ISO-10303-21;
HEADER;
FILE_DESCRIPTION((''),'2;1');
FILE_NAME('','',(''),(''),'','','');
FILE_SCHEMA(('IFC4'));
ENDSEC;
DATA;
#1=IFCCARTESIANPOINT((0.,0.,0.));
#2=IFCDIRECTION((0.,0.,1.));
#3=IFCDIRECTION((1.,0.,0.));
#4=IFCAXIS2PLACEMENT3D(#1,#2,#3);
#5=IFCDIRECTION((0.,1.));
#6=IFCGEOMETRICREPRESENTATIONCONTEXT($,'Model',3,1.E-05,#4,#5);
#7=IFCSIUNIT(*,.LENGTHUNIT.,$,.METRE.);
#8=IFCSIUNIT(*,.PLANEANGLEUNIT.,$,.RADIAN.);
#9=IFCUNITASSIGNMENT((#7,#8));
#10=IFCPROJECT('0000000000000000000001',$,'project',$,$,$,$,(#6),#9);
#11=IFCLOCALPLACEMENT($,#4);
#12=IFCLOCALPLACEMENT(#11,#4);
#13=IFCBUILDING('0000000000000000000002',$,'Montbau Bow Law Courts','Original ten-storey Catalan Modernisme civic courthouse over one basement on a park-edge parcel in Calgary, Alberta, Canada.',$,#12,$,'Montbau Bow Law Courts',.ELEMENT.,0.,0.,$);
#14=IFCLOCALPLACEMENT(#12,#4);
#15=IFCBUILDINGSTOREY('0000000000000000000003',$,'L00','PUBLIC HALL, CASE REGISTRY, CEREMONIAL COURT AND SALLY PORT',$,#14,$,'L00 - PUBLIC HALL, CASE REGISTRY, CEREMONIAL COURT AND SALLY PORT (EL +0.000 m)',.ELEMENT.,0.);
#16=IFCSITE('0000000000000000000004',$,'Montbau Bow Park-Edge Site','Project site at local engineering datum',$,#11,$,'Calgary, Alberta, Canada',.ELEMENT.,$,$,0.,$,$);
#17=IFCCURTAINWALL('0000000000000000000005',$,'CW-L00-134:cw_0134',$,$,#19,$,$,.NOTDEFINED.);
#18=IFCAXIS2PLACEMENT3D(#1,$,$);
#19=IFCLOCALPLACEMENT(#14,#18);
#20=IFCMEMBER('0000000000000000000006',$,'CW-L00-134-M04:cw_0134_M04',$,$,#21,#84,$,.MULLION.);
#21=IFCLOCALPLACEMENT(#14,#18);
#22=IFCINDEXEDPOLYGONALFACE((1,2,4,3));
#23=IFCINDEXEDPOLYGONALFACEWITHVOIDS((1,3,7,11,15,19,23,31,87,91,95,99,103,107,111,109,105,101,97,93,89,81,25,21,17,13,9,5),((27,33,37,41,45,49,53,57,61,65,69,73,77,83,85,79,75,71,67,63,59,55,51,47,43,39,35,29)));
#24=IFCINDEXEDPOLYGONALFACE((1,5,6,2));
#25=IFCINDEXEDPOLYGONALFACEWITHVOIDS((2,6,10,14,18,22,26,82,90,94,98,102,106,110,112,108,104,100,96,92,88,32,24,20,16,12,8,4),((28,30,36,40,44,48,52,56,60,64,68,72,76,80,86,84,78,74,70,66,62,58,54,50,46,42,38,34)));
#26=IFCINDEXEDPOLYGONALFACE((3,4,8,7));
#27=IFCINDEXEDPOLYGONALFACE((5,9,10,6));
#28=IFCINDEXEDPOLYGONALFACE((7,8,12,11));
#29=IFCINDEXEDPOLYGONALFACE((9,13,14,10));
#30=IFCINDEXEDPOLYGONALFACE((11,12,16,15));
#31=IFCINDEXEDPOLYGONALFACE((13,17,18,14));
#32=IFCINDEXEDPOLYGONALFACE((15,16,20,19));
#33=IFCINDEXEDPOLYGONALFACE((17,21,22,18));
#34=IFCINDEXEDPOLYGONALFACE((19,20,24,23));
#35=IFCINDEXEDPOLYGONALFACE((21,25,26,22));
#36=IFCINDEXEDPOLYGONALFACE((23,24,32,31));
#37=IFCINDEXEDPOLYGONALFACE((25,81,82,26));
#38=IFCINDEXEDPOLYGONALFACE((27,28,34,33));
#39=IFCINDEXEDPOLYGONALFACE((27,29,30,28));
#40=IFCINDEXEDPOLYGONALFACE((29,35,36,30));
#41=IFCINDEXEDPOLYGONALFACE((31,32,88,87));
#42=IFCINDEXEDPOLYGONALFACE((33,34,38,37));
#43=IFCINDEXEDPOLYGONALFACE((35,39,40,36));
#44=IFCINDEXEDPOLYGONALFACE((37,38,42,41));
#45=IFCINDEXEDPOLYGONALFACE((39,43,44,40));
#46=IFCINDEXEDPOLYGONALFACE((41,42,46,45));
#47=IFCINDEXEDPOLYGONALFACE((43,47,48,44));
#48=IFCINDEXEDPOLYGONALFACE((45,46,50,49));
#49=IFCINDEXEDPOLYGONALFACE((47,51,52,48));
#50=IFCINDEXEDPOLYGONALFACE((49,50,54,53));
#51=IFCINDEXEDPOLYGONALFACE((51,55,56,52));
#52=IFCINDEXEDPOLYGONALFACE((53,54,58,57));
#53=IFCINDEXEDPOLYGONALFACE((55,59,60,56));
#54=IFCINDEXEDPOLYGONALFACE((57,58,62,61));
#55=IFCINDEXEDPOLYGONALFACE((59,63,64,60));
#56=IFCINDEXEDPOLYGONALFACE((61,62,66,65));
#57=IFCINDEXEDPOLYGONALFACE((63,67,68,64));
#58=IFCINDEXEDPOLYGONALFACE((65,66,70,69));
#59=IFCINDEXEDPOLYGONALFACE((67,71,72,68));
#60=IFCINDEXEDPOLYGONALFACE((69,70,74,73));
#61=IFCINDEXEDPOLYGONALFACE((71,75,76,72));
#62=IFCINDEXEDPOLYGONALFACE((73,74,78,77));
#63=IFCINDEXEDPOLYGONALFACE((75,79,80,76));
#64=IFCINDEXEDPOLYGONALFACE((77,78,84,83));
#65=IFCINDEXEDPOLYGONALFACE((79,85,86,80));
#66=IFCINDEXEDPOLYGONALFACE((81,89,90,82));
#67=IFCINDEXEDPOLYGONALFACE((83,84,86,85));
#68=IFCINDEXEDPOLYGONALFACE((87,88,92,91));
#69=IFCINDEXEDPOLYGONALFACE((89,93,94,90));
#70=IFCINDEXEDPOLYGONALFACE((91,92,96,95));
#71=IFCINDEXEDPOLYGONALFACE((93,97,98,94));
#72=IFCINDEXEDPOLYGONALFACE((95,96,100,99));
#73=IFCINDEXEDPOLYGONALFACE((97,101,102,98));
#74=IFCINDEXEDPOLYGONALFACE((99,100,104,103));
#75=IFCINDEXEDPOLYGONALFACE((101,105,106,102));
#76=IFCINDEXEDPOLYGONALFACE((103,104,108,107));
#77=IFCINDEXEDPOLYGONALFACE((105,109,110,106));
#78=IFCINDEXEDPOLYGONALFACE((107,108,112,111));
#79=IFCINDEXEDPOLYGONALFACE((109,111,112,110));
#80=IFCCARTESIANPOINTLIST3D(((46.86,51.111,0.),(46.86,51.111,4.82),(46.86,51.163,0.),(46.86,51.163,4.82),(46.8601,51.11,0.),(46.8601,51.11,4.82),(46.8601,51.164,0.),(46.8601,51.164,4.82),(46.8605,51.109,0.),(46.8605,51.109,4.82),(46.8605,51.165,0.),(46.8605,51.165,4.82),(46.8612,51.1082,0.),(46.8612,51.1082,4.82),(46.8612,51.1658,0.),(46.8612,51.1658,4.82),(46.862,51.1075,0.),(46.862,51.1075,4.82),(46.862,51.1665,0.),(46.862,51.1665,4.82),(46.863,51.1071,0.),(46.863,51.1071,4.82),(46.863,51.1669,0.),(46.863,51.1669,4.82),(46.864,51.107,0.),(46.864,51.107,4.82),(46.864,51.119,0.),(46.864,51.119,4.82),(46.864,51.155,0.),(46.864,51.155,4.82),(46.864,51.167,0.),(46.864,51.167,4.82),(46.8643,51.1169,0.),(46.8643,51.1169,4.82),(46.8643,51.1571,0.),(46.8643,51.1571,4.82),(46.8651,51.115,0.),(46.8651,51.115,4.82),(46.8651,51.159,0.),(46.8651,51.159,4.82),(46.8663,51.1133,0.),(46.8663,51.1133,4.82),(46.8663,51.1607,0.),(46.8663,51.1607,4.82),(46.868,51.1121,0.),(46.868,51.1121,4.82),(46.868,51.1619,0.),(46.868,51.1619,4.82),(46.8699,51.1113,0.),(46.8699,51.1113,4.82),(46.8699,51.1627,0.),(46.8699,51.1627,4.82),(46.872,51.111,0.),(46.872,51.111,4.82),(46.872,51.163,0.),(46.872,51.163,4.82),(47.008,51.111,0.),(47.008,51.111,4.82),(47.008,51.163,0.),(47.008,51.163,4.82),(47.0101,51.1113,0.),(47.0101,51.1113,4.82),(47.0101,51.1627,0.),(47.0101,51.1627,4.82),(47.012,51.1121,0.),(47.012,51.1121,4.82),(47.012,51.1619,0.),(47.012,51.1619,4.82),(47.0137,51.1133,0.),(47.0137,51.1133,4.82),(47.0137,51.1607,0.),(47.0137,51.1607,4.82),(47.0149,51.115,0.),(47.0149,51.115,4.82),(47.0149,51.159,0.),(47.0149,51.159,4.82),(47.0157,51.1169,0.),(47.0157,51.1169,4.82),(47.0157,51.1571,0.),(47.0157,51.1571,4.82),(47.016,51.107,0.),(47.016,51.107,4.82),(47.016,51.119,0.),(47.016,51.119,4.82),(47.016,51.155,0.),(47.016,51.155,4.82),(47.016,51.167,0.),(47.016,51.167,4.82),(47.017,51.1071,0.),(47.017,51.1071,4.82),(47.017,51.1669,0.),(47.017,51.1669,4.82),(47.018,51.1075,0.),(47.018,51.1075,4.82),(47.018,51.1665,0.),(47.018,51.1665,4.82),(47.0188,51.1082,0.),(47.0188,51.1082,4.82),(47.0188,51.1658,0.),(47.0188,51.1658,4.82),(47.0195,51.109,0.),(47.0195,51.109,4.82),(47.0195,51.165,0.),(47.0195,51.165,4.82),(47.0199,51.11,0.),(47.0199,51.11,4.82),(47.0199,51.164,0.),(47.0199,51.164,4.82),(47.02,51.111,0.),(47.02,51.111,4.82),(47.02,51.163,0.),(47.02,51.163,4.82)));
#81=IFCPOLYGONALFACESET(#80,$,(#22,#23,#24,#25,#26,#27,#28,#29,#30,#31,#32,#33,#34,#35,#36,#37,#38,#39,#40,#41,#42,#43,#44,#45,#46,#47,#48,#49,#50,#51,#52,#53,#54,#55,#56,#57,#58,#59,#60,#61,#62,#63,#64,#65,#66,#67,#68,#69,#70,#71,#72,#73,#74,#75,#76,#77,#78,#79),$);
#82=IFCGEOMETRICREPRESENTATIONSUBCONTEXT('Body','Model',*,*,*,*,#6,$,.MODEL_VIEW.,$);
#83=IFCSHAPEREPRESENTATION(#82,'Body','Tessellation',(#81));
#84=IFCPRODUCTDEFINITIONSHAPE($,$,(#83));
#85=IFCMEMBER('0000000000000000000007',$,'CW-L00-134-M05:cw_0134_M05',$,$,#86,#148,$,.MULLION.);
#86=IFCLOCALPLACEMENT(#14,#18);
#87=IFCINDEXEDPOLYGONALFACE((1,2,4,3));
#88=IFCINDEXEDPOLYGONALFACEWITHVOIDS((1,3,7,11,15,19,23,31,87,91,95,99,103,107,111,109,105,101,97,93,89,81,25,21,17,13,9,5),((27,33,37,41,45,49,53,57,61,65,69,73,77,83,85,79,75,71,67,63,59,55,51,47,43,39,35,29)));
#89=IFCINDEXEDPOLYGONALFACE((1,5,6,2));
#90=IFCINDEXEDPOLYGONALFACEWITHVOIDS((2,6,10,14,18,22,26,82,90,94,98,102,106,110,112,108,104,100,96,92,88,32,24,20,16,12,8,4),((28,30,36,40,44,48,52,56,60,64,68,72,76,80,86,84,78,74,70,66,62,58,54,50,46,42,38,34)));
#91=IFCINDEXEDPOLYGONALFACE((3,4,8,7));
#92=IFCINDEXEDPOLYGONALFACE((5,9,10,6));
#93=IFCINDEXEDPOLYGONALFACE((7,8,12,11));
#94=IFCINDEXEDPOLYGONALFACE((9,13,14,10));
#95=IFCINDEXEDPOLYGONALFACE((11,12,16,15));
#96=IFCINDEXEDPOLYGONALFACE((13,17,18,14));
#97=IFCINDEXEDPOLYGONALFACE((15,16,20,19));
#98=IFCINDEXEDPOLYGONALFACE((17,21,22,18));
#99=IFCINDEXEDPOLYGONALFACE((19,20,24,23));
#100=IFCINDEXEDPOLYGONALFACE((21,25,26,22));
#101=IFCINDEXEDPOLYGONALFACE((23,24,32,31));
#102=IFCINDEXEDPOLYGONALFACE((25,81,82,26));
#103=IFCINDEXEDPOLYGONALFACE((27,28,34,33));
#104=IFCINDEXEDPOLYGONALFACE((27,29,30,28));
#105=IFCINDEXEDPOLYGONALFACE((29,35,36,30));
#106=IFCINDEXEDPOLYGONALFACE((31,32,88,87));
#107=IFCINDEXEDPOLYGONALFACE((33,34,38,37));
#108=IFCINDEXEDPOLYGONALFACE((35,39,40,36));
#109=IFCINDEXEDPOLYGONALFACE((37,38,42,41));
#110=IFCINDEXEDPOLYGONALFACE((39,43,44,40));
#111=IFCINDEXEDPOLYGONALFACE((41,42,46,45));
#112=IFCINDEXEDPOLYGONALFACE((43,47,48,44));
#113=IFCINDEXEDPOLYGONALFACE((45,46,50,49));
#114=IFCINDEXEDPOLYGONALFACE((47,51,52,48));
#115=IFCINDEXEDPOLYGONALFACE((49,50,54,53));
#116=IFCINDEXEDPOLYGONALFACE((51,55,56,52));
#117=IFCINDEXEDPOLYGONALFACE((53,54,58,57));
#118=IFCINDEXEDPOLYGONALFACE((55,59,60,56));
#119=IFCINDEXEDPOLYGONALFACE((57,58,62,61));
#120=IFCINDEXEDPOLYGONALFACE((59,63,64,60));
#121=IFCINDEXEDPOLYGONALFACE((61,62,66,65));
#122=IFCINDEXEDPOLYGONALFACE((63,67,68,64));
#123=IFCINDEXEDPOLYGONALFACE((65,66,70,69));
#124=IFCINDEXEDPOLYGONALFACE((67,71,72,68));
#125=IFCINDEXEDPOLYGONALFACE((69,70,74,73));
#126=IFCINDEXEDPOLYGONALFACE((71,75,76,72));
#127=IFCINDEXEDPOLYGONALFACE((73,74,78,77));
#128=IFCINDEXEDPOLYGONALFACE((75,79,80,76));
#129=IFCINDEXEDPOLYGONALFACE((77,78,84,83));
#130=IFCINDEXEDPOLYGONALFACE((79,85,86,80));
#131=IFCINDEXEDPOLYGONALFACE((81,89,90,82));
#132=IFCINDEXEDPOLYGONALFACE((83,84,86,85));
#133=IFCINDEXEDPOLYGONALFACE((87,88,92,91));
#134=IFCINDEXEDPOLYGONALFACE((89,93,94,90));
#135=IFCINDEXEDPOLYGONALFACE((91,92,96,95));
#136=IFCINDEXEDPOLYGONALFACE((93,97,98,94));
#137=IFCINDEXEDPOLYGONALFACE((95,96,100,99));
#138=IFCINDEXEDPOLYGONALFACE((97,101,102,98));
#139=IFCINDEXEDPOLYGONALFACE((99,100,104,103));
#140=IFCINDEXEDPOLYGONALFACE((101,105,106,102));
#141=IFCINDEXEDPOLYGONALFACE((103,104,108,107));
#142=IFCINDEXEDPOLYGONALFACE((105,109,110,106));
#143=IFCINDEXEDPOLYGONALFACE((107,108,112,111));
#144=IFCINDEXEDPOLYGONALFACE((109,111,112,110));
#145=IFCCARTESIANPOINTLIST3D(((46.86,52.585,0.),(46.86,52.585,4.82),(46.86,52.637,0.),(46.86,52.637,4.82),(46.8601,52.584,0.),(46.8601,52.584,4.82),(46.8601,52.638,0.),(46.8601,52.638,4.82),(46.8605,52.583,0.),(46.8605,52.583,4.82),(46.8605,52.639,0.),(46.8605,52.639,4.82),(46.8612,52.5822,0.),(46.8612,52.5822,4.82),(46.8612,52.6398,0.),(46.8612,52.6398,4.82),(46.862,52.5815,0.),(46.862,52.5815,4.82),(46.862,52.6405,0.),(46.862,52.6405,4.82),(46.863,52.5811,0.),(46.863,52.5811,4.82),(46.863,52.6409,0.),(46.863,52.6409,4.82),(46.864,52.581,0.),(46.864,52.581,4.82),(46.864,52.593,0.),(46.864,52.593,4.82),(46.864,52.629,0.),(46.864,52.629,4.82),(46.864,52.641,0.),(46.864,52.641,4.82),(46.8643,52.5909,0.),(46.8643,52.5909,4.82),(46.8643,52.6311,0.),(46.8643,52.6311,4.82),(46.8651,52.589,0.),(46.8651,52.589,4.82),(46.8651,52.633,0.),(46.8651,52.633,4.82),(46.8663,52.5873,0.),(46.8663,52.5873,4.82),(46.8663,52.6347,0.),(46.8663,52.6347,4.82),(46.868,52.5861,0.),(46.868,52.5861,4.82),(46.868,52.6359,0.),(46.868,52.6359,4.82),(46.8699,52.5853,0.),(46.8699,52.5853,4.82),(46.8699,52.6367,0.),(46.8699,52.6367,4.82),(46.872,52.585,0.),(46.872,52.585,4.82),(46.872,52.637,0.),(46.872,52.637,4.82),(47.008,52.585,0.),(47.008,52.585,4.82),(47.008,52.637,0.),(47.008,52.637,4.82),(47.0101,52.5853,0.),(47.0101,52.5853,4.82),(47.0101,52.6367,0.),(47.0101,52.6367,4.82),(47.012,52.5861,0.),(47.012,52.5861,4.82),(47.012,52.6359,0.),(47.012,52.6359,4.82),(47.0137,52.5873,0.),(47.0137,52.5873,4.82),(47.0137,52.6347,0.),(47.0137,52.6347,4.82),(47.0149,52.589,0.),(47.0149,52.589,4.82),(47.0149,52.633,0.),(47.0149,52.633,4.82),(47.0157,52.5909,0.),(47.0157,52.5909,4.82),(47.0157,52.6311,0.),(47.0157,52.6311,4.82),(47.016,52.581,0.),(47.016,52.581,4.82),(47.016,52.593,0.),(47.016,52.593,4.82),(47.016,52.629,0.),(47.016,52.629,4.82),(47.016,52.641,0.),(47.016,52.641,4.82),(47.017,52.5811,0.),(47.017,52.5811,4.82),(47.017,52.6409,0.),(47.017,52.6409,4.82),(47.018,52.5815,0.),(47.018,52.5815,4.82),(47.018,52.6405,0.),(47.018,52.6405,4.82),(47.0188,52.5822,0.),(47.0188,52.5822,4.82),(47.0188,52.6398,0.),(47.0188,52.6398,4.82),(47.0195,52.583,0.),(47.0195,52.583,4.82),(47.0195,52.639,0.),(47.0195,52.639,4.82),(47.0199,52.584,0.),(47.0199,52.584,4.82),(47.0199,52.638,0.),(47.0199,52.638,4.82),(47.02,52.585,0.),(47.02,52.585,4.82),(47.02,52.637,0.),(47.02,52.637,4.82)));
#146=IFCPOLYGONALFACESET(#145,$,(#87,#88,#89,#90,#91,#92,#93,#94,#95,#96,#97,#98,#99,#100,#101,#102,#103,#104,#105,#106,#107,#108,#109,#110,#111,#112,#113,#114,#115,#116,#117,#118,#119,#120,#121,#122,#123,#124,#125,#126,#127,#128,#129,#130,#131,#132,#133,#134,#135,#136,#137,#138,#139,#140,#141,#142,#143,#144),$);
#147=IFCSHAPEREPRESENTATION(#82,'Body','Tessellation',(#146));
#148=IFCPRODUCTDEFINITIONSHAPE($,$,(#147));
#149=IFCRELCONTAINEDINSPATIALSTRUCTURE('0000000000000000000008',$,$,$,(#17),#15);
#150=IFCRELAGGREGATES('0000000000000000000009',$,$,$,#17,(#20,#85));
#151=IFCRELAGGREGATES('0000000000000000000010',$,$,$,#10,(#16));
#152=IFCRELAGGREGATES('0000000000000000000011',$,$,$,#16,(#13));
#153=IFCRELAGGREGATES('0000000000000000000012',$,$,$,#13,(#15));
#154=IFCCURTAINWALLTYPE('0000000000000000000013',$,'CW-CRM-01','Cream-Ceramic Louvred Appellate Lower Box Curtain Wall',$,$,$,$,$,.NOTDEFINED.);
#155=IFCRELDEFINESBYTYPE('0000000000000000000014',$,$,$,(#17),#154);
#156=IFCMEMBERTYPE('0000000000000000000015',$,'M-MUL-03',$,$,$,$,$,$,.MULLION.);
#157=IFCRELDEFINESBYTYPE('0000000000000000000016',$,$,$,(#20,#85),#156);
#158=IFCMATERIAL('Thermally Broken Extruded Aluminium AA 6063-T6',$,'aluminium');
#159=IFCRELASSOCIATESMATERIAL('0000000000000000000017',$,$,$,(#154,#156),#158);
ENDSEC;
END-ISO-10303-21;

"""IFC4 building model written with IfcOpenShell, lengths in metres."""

from ifc_helpers import new_model, si_unit, direction, frame, origin_with_axes, origin_2d_with_axis, place, context, subcontext, project, spatial, hollow_rectangle, extrude, material, material_profile, profile_set, type_object, element, aggregate, save


model = new_model("IFC4")

# Units and contexts
model_context = context("Model", 3, precision=1e-05, world=origin_with_axes(), true_north=direction((0.0, 1.0)))
body_context = subcontext(model_context, "Body", "Model", "MODEL_VIEW")
ifc_project = project(units=[si_unit("LENGTHUNIT", "METRE"), si_unit("PLANEANGLEUNIT", "RADIAN")], contexts=[model_context])

# Site, building, storey
site_placement = place(None, origin_with_axes())
site = spatial("IfcSite", under=ifc_project, at=site_placement, Name="Montbau Bow Park-Edge Site", Description="Project site at local engineering datum", LongName="Calgary, Alberta, Canada", CompositionType="ELEMENT", RefElevation=0.0)
building_placement = place(site_placement, origin_with_axes())
building = spatial("IfcBuilding", under=site, at=building_placement, Name="Montbau Bow Law Courts", Description="Original ten-storey Catalan Modernisme civic courthouse over one basement on a park-edge parcel in Calgary, Alberta, Canada.", LongName="Montbau Bow Law Courts", CompositionType="ELEMENT", ElevationOfRefHeight=0.0, ElevationOfTerrain=0.0)
storey_placement = place(building_placement, origin_with_axes())
storey = spatial("IfcBuildingStorey", under=building, at=storey_placement, Name="L00", Description="PUBLIC HALL, CASE REGISTRY, CEREMONIAL COURT AND SALLY PORT", LongName="L00 - PUBLIC HALL, CASE REGISTRY, CEREMONIAL COURT AND SALLY PORT (EL +0.000 m)", CompositionType="ELEMENT", Elevation=0.0)

# Curtain wall, members
ifc_material_1 = material(Name="Thermally Broken Extruded Aluminium AA 6063-T6", Category="aluminium")
curtain_wall_type_1 = type_object("IfcCurtainWallType", Name="CW-CRM-01", Description="Cream-Ceramic Louvred Appellate Lower Box Curtain Wall", PredefinedType="NOTDEFINED", material=ifc_material_1)
curtain_wall_1_placement = place(None, frame((46.94, 46.715, 0.0), z_axis=(0.0, 0.0, 1.0), x_axis=(1.0, 0.0, 0.0)))
curtain_wall_1 = element("IfcCurtainWall", 1, at=curtain_wall_1_placement, inside=storey, type_object=curtain_wall_type_1, Name="CW-L00-134:cw_0134", PredefinedType="NOTDEFINED")
ifc_material_profile_1 = material_profile(ifc_material_1, hollow_rectangle(XDim=0.06, YDim=0.16, WallThickness=0.004, InnerFilletRadius=0.008, OuterFilletRadius=0.004, at=origin_2d_with_axis()), Name="CWM-160X60", Category="Main", Priority=0)
ifc_profile_set_1 = profile_set([ifc_material_profile_1], Name="Thermally Broken Extruded Aluminium AA 6063-T6")
member_type_1 = type_object("IfcMemberType", Name="M-MUL-03", PredefinedType="MULLION", material=ifc_profile_set_1)
member_1_placement = place(None, frame((46.94, 51.137, 0.0), z_axis=(0.0, 0.0, 1.0), x_axis=(0.0, 1.0, 0.0)))
member_1 = element("IfcMember", 2, at=member_1_placement, type_object=member_type_1, Name="CW-L00-134-M04:cw_0134_M04", PredefinedType="MULLION", context=body_context, shape_type="SweptSolid", body=[
    extrude(hollow_rectangle(XDim=0.06, YDim=0.16, WallThickness=0.004, InnerFilletRadius=0.008, OuterFilletRadius=0.004, at=origin_2d_with_axis()), origin_with_axes(), (0.0, 0.0, 1.0), 4.82),
])
member_2_placement = place(None, frame((46.94, 52.611, 0.0), z_axis=(0.0, 0.0, 1.0), x_axis=(0.0, 1.0, 0.0)))
member_2 = element("IfcMember", 3, at=member_2_placement, type_object=member_type_1, Name="CW-L00-134-M05:cw_0134_M05", PredefinedType="MULLION", context=body_context, shape_type="SweptSolid", body=[
    extrude(hollow_rectangle(XDim=0.06, YDim=0.16, WallThickness=0.004, InnerFilletRadius=0.008, OuterFilletRadius=0.004, at=origin_2d_with_axis()), origin_with_axes(), (0.0, 0.0, 1.0), 4.82),
])

aggregate(curtain_wall_1, [member_1, member_2])

save(model, "model.ifc")
